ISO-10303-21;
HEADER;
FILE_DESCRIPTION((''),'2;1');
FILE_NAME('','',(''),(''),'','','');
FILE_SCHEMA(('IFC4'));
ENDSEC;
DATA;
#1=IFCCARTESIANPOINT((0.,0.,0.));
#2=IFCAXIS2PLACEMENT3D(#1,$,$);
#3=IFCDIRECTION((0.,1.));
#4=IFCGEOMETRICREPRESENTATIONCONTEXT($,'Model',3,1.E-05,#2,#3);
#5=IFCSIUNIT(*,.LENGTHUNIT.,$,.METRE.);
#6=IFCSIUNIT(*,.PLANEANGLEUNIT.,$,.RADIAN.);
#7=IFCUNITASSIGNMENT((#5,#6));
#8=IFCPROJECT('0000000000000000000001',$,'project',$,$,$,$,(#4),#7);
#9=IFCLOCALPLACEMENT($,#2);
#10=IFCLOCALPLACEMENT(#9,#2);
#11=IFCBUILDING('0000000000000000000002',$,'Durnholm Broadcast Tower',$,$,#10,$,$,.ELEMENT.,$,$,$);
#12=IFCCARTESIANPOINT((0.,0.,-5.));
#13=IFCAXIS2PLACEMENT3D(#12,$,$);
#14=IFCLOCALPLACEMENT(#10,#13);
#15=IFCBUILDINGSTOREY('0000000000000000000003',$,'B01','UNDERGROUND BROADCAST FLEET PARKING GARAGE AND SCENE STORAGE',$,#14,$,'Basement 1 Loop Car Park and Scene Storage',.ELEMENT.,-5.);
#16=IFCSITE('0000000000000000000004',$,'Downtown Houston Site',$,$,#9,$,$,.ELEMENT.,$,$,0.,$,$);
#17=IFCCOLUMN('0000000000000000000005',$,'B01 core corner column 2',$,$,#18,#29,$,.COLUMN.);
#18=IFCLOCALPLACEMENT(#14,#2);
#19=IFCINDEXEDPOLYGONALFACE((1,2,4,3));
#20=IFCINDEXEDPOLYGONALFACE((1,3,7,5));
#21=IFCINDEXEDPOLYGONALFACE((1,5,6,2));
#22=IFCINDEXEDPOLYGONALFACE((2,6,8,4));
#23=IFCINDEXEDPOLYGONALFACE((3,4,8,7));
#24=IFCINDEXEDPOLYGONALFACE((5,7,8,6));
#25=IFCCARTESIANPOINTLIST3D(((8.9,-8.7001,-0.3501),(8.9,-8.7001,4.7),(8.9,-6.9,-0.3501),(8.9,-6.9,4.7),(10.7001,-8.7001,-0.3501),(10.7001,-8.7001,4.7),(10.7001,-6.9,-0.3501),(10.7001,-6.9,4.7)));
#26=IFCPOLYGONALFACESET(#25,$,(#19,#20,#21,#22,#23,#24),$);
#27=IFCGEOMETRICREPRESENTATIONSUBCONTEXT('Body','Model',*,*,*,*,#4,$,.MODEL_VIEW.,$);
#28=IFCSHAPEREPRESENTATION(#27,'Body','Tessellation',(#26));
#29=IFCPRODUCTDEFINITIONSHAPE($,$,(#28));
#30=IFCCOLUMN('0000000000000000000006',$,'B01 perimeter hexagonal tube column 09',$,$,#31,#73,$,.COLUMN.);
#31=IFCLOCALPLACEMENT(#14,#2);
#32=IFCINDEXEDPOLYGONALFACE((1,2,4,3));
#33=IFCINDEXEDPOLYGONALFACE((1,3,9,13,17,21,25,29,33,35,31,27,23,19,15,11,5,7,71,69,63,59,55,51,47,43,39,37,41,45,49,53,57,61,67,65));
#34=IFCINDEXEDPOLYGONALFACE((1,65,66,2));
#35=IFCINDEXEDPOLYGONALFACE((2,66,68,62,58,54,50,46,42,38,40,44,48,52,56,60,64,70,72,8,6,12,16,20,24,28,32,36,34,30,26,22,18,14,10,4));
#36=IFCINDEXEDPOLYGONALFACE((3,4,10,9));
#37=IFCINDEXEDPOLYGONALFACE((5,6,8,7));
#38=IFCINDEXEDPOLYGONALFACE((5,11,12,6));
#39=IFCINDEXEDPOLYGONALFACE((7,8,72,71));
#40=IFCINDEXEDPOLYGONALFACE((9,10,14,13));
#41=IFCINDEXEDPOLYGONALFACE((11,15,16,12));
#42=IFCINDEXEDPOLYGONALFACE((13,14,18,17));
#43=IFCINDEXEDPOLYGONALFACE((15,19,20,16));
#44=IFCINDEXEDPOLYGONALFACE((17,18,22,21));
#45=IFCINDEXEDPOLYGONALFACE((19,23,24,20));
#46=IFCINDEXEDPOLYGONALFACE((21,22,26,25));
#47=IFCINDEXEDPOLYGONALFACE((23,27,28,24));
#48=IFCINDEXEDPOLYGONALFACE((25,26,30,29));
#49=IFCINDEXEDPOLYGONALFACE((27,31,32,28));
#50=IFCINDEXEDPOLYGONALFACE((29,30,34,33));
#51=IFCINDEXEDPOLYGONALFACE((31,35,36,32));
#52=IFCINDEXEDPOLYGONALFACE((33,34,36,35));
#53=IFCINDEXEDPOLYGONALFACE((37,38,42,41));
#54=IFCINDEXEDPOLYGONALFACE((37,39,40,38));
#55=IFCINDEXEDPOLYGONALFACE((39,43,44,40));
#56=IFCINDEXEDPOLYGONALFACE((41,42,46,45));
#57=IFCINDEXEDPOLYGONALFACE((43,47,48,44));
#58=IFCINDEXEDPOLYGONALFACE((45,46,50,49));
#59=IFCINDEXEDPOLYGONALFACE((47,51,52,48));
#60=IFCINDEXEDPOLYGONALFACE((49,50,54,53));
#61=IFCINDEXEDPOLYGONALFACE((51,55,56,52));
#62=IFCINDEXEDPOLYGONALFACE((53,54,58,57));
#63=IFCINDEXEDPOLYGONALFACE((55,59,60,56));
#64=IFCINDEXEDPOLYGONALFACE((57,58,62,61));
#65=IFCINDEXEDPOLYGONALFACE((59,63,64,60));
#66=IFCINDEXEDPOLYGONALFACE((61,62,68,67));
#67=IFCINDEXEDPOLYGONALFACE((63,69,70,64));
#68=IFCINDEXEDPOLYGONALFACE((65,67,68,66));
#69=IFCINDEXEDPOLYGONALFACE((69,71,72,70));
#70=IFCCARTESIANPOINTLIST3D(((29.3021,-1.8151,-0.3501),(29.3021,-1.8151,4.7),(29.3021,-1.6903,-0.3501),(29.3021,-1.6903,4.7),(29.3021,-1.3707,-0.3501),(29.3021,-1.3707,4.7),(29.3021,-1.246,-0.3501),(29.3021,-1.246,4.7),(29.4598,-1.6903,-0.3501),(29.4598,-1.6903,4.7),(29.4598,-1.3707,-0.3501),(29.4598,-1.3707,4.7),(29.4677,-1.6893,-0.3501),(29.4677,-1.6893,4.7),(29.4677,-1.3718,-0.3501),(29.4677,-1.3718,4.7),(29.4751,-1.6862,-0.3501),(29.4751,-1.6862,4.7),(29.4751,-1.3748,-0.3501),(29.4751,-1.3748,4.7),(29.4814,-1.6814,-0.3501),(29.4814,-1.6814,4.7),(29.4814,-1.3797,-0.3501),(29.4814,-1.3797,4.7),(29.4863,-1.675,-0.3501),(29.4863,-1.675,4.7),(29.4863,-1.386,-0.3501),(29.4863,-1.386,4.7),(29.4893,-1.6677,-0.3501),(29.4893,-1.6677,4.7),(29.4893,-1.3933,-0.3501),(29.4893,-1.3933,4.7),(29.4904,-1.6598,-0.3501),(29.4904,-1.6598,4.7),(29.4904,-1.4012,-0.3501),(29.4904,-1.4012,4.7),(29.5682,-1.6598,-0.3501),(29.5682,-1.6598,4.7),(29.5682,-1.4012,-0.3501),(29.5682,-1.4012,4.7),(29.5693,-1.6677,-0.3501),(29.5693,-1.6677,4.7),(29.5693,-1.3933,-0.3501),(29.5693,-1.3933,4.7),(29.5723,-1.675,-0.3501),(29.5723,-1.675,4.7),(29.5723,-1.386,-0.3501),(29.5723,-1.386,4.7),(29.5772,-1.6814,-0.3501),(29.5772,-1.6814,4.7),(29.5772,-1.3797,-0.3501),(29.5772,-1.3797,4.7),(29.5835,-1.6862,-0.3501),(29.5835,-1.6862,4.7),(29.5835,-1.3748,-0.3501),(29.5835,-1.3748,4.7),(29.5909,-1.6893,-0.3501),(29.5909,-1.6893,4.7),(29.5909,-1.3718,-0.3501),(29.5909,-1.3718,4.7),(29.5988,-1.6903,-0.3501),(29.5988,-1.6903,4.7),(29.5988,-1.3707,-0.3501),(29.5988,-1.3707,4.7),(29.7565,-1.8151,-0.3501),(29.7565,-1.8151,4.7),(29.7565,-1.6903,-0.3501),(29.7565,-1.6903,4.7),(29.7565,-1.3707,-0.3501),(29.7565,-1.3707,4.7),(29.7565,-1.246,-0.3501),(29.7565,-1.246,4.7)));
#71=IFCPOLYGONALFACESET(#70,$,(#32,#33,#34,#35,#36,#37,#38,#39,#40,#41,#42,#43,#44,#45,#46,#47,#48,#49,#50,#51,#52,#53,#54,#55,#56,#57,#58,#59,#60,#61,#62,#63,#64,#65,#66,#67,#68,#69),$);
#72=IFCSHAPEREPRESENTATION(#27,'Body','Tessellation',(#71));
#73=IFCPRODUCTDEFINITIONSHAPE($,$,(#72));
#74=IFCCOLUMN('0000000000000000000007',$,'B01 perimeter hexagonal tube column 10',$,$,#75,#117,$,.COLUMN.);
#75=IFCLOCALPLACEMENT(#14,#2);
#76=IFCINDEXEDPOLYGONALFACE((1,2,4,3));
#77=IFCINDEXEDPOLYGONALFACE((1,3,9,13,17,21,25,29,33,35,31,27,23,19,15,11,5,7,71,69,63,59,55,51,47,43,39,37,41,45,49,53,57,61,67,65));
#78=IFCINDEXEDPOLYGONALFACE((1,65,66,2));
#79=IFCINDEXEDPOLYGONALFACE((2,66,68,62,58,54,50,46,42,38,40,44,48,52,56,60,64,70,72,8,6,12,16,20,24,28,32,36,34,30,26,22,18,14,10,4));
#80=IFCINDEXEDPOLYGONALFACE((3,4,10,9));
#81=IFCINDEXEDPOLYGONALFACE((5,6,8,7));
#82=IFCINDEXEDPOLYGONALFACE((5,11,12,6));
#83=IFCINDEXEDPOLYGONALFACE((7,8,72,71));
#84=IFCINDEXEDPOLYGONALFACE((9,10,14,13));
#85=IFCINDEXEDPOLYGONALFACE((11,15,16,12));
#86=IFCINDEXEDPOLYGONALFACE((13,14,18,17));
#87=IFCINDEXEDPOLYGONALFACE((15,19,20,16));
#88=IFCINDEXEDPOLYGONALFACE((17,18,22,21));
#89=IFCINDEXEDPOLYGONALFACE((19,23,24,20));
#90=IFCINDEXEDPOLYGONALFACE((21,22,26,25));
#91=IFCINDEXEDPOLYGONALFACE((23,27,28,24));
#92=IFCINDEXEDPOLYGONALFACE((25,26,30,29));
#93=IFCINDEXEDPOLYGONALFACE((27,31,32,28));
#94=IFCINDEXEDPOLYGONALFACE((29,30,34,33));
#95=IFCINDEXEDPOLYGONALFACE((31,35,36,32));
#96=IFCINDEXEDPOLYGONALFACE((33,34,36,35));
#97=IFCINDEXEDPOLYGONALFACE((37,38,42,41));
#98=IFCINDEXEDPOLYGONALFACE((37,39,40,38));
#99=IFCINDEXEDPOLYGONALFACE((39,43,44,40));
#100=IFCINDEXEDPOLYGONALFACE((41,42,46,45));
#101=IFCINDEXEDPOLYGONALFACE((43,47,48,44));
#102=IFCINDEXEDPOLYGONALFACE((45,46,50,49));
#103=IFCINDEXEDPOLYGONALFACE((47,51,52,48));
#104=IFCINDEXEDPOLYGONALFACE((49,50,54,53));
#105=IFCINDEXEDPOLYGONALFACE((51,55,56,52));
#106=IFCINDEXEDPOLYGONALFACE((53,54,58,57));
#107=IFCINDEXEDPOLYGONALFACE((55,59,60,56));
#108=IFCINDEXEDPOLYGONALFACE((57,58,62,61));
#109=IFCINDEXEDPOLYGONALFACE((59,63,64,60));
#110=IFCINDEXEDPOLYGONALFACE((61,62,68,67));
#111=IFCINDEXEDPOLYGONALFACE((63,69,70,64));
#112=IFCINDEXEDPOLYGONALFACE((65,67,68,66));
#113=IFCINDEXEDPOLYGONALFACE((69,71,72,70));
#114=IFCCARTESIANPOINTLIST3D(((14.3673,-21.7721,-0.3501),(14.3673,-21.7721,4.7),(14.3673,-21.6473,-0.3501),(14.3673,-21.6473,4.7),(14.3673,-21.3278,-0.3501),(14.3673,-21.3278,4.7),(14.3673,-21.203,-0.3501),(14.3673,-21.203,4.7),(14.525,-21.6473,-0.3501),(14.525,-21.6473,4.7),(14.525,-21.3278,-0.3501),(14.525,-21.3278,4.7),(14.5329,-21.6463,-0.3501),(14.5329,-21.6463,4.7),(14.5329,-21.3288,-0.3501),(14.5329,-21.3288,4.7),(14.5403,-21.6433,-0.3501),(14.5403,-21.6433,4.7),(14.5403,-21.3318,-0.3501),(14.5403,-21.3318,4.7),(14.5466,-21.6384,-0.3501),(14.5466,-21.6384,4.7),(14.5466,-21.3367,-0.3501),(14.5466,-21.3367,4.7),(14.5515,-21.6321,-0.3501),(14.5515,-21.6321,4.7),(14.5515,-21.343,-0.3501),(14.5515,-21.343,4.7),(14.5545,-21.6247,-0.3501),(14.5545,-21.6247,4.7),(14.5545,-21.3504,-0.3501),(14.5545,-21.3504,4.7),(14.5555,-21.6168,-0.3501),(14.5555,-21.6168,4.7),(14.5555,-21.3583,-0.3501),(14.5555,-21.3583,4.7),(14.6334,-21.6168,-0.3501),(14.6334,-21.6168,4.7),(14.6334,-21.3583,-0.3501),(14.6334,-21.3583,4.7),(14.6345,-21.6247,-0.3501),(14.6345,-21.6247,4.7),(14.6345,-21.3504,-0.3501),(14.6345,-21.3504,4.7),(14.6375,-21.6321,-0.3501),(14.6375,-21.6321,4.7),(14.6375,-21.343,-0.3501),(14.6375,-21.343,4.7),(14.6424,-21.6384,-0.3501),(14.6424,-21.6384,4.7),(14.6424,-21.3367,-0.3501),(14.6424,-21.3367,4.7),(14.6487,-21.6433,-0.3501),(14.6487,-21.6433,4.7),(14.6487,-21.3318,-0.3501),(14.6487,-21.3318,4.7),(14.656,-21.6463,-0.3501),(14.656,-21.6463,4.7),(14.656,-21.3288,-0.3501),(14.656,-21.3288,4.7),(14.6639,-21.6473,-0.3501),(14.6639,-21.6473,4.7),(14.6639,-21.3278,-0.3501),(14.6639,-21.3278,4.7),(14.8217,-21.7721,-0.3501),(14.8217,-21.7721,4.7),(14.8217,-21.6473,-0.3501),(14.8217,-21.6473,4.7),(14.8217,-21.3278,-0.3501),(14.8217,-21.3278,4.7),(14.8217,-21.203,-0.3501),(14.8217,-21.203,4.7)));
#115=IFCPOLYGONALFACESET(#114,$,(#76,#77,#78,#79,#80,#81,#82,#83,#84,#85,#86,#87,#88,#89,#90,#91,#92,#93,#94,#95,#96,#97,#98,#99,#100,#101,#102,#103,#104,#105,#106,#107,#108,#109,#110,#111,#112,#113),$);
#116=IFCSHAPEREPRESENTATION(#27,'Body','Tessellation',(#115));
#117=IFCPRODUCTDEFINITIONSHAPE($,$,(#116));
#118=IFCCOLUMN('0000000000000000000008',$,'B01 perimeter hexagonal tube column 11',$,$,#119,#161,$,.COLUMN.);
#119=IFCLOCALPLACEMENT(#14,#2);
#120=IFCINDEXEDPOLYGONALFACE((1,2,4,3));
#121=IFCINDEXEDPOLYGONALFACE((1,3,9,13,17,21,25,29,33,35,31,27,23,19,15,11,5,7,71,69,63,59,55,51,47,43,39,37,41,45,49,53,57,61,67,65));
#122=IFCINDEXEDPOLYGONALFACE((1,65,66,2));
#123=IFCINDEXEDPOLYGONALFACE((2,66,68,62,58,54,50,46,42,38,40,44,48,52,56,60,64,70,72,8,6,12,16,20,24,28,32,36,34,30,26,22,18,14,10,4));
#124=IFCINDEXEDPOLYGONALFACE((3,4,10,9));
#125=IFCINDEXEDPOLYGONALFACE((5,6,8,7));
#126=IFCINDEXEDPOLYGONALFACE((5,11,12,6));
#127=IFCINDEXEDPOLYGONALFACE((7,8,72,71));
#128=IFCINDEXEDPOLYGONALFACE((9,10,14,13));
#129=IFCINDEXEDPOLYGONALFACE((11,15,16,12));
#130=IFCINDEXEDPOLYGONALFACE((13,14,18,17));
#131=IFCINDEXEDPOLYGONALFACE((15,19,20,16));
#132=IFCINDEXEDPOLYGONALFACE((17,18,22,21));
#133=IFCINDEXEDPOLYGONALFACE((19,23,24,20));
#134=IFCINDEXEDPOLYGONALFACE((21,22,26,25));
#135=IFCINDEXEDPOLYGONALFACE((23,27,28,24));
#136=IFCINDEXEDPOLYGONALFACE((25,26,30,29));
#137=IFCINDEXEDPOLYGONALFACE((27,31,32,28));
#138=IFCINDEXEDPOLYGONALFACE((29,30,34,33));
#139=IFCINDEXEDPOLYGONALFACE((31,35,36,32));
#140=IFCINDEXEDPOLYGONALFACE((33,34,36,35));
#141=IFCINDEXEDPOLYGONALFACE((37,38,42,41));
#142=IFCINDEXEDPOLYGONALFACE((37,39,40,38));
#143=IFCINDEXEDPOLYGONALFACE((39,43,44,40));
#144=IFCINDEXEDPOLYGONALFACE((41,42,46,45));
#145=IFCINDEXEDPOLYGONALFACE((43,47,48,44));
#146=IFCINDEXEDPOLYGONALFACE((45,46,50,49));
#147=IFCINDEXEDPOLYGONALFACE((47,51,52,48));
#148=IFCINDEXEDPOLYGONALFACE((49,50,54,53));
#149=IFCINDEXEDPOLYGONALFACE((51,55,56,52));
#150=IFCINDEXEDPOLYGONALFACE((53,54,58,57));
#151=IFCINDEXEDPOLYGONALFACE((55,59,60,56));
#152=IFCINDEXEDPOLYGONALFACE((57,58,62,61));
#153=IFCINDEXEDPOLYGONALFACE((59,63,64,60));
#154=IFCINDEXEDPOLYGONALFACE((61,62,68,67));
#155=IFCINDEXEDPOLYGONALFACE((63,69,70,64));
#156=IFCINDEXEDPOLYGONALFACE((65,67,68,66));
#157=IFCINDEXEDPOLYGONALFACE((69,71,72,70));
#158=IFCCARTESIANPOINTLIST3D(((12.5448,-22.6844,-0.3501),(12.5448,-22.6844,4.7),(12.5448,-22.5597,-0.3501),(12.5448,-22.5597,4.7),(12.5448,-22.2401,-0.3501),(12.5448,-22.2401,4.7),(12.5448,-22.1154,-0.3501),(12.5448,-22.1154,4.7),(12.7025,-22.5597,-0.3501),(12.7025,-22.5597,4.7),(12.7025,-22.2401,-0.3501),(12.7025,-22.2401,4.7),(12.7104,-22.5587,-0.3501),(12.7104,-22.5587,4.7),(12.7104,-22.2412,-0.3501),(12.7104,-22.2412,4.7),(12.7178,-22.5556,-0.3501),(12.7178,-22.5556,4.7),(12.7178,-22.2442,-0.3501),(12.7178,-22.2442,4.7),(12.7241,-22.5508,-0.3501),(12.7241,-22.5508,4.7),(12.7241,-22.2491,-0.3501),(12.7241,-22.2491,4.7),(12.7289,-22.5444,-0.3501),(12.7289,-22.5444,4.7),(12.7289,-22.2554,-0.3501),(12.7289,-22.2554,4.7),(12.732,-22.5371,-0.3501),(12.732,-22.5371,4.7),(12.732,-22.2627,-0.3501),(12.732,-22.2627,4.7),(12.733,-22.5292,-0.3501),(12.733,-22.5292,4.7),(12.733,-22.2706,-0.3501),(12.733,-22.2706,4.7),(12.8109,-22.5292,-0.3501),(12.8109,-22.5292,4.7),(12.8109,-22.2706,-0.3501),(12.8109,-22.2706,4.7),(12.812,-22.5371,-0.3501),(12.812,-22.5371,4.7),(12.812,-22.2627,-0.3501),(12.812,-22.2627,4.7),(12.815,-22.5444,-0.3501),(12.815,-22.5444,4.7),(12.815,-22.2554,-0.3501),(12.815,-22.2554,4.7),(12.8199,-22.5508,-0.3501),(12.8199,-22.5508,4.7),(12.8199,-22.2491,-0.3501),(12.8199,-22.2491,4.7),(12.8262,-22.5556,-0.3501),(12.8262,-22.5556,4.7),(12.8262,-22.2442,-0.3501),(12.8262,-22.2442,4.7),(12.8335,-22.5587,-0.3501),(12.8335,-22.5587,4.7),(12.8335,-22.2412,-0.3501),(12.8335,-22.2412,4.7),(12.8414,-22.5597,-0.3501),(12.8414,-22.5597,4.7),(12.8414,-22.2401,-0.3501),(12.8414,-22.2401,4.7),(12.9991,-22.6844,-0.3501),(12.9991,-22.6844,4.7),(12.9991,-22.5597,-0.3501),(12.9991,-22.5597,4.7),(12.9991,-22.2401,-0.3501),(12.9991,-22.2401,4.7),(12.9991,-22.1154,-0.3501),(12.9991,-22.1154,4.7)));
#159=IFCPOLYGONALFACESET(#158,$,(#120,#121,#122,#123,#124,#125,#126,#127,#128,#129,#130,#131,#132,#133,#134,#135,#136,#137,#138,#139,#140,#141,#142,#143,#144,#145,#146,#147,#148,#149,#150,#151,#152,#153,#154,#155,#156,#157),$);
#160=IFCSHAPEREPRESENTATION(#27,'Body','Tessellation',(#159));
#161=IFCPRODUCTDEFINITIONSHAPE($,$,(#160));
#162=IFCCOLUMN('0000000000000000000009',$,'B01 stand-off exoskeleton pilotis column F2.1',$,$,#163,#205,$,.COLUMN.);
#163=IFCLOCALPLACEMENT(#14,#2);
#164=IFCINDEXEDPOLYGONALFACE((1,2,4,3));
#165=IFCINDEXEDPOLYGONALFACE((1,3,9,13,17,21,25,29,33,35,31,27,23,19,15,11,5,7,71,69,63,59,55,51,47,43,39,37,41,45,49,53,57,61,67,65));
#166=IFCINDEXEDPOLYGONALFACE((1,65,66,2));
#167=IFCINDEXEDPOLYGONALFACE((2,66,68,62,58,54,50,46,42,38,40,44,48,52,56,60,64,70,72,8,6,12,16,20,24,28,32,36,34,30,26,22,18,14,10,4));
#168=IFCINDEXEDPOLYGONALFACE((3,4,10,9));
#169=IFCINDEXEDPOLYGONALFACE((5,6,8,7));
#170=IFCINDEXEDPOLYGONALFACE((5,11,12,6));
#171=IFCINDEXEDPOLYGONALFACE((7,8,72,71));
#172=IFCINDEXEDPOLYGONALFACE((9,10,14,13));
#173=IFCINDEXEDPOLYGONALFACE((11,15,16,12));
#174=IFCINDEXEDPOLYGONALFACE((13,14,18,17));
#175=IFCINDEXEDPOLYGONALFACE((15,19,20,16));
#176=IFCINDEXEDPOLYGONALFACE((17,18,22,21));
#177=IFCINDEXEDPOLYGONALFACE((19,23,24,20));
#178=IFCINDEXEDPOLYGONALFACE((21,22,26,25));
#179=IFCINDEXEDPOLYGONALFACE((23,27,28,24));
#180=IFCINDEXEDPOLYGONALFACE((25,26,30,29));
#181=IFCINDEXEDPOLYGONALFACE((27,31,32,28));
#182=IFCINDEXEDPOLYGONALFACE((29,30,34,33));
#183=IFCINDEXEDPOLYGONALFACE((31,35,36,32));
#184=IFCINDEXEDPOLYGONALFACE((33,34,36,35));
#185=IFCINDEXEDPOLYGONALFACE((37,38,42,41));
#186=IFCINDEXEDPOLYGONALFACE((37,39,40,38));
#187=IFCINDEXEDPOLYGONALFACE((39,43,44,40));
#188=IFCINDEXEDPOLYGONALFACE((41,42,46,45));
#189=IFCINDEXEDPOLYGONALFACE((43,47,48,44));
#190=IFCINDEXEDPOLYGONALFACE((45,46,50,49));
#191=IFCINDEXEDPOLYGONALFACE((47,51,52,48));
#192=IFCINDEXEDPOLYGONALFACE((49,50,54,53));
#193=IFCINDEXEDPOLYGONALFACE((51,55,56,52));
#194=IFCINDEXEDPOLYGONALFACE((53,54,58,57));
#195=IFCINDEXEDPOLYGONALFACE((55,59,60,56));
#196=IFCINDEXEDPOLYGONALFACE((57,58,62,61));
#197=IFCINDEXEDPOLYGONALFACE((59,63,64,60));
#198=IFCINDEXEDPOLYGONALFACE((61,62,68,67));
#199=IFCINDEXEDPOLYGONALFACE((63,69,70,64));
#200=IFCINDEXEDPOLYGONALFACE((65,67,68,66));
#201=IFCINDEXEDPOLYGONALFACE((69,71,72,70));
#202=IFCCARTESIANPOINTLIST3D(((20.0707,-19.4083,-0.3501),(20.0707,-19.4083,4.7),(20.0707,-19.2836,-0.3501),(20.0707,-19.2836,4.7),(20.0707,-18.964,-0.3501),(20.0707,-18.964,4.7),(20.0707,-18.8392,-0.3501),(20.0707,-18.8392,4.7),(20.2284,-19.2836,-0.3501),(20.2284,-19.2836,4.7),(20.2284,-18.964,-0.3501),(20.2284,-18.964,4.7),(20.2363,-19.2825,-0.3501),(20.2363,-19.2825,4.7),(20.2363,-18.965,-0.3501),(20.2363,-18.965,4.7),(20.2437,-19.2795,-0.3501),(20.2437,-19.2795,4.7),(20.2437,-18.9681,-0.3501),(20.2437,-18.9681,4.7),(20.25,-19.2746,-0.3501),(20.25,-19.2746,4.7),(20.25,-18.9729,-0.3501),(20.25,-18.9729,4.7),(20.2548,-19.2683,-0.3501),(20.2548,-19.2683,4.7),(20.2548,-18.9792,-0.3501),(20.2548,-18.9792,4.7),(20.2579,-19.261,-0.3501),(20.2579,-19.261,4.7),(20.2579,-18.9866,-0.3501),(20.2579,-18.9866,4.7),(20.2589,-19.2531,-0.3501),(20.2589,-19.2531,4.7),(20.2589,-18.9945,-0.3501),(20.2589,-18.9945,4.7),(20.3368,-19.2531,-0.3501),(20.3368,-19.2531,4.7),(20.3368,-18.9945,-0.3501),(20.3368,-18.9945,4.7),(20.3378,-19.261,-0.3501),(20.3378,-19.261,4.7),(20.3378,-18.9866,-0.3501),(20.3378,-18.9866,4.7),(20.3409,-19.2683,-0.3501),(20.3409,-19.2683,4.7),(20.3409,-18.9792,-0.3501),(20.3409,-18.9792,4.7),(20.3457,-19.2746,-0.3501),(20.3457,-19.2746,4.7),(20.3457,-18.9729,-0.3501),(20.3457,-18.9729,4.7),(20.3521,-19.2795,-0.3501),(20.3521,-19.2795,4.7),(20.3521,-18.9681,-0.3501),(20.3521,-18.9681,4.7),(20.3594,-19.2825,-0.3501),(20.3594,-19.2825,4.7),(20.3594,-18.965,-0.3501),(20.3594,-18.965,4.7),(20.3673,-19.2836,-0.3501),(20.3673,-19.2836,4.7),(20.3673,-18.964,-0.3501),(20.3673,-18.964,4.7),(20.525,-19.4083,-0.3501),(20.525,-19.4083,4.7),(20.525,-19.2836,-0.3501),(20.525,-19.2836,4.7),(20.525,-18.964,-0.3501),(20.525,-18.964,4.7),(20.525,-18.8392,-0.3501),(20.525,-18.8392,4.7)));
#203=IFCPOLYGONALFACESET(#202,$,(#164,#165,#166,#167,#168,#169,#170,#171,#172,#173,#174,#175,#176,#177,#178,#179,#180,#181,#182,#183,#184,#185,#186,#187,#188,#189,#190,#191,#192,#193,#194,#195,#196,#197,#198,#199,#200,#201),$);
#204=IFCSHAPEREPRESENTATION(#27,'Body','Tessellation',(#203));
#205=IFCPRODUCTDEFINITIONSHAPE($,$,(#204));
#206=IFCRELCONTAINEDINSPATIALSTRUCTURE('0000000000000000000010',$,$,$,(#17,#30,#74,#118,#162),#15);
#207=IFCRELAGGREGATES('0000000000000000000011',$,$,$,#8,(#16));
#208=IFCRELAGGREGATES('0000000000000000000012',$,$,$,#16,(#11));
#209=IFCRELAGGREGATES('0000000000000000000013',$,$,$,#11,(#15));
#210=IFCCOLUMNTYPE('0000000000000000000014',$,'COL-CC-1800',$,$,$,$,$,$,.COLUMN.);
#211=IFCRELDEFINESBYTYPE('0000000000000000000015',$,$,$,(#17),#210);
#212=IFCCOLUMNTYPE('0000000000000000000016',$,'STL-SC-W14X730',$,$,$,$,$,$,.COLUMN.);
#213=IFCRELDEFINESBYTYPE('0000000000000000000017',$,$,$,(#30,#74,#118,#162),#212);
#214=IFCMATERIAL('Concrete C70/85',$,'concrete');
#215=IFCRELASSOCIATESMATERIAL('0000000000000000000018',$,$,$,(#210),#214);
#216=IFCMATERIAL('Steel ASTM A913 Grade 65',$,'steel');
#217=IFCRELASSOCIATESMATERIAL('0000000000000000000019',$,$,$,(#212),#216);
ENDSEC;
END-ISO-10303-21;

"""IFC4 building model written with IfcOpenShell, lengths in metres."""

from ifc_helpers import new_model, si_unit, direction, frame, origin, origin_2d, place, context, subcontext, project, spatial, rectangle, i_section, extrude, source, transform, mapped, material, material_profile, profile_set, type_object, type_shapes, element, save


model = new_model("IFC4")

# Units and contexts
model_context = context("Model", 3, precision=1e-05, world=origin(), true_north=direction((0.0, 1.0)))
body_context = subcontext(model_context, "Body", "Model", "MODEL_VIEW")
ifc_project = project(units=[si_unit("LENGTHUNIT", "METRE"), si_unit("PLANEANGLEUNIT", "RADIAN")], contexts=[model_context])

# Site, building, storey
site_placement = place(None, origin())
site = spatial("IfcSite", under=ifc_project, at=site_placement, Name="Downtown Houston Site", CompositionType="ELEMENT", RefElevation=0.0)
building_placement = place(site_placement, origin())
building = spatial("IfcBuilding", under=site, at=building_placement, Name="Durnholm Broadcast Tower", CompositionType="ELEMENT")
storey_placement = place(building_placement, frame((0.0, 0.0, -5.0)))
storey = spatial("IfcBuildingStorey", under=building, at=storey_placement, Name="B01", Description="UNDERGROUND BROADCAST FLEET PARKING GARAGE AND SCENE STORAGE", LongName="Basement 1 Loop Car Park and Scene Storage", CompositionType="ELEMENT", Elevation=-5.0)

# Columns
ifc_material_1 = material(Name="Concrete C70/85", Category="concrete")
ifc_material_profile_1 = material_profile(ifc_material_1, rectangle(XDim=1.8, YDim=1.8, at=origin_2d()), Name="RC1800X1800")
ifc_profile_set_1 = profile_set([ifc_material_profile_1], Name="Concrete C70/85")
column_type_1 = type_object("IfcColumnType", Name="COL-CC-1800", PredefinedType="COLUMN", material=ifc_profile_set_1)
shared_shape_1 = source(origin(), body_context, "Body", "SweptSolid", [
    extrude(rectangle(XDim=1.8, YDim=1.8, at=origin_2d()), origin(), (0.0, 0.0, 1.0), 5.05),
])
type_shapes(column_type_1, [shared_shape_1])
column_placement = place(storey_placement, frame((9.8, -7.8, -0.3501), z_axis=(0.0, 0.0, 1.0), x_axis=(1.0, 0.0, 0.0)))
element("IfcColumn", 1, at=column_placement, inside=storey, type_object=column_type_1, Name="B01 core corner column 2", PredefinedType="COLUMN", context=body_context, shape_type="MappedRepresentation", body=[
    mapped(shared_shape_1, transform((0.0, 0.0, 0.0), x_axis=(1.0, 0.0, 0.0), y_axis=(0.0, 1.0, 0.0), z_axis=(0.0, 0.0, 1.0), scale=1.0)),
])
ifc_material_2 = material(Name="Steel ASTM A913 Grade 65", Category="steel")
ifc_material_profile_2 = material_profile(ifc_material_2, i_section(OverallWidth=0.4543, OverallDepth=0.5691, WebThickness=0.0779, FlangeThickness=0.1248, FilletRadius=0.0305, at=origin_2d()), Name="W14X730")
ifc_profile_set_2 = profile_set([ifc_material_profile_2], Name="Steel ASTM A913 Grade 65")
column_type_2 = type_object("IfcColumnType", Name="STL-SC-W14X730", PredefinedType="COLUMN", material=ifc_profile_set_2)
shared_shape_2 = source(origin(), body_context, "Body", "SweptSolid", [
    extrude(i_section(OverallWidth=0.4543, OverallDepth=0.5691, WebThickness=0.0779, FlangeThickness=0.1248, FilletRadius=0.0305, at=origin_2d()), origin(), (0.0, 0.0, 1.0), 5.05),
])
type_shapes(column_type_2, [shared_shape_2])
for number, where, z_axis, x_axis, name in (
    (2, (29.5293, -1.5305, -0.3501), (0.0, 0.0, 1.0), (1.0, 0.0, 0.0), "B01 perimeter hexagonal tube column 09"),
    (3, (14.5945, -21.4875, -0.3501), (0.0, 0.0, 1.0), (1.0, 0.0, 0.0), "B01 perimeter hexagonal tube column 10"),
    (4, (12.772, -22.3999, -0.3501), (0.0, 0.0, 1.0), (1.0, 0.0, 0.0), "B01 perimeter hexagonal tube column 11"),
    (5, (20.2979, -19.1238, -0.3501), (0.0, 0.0, 1.0), (1.0, 0.0, 0.0), "B01 stand-off exoskeleton pilotis column F2.1"),
):
    element("IfcColumn", number, at=place(storey_placement, frame(where, z_axis=z_axis, x_axis=x_axis)), inside=storey, type_object=column_type_2, Name=name, PredefinedType="COLUMN", context=body_context, shape_type="MappedRepresentation", body=[
        mapped(shared_shape_2, transform((0.0, 0.0, 0.0), x_axis=(1.0, 0.0, 0.0), y_axis=(0.0, 1.0, 0.0), z_axis=(0.0, 0.0, 1.0), scale=1.0)),
    ])

save(model, "model.ifc")
